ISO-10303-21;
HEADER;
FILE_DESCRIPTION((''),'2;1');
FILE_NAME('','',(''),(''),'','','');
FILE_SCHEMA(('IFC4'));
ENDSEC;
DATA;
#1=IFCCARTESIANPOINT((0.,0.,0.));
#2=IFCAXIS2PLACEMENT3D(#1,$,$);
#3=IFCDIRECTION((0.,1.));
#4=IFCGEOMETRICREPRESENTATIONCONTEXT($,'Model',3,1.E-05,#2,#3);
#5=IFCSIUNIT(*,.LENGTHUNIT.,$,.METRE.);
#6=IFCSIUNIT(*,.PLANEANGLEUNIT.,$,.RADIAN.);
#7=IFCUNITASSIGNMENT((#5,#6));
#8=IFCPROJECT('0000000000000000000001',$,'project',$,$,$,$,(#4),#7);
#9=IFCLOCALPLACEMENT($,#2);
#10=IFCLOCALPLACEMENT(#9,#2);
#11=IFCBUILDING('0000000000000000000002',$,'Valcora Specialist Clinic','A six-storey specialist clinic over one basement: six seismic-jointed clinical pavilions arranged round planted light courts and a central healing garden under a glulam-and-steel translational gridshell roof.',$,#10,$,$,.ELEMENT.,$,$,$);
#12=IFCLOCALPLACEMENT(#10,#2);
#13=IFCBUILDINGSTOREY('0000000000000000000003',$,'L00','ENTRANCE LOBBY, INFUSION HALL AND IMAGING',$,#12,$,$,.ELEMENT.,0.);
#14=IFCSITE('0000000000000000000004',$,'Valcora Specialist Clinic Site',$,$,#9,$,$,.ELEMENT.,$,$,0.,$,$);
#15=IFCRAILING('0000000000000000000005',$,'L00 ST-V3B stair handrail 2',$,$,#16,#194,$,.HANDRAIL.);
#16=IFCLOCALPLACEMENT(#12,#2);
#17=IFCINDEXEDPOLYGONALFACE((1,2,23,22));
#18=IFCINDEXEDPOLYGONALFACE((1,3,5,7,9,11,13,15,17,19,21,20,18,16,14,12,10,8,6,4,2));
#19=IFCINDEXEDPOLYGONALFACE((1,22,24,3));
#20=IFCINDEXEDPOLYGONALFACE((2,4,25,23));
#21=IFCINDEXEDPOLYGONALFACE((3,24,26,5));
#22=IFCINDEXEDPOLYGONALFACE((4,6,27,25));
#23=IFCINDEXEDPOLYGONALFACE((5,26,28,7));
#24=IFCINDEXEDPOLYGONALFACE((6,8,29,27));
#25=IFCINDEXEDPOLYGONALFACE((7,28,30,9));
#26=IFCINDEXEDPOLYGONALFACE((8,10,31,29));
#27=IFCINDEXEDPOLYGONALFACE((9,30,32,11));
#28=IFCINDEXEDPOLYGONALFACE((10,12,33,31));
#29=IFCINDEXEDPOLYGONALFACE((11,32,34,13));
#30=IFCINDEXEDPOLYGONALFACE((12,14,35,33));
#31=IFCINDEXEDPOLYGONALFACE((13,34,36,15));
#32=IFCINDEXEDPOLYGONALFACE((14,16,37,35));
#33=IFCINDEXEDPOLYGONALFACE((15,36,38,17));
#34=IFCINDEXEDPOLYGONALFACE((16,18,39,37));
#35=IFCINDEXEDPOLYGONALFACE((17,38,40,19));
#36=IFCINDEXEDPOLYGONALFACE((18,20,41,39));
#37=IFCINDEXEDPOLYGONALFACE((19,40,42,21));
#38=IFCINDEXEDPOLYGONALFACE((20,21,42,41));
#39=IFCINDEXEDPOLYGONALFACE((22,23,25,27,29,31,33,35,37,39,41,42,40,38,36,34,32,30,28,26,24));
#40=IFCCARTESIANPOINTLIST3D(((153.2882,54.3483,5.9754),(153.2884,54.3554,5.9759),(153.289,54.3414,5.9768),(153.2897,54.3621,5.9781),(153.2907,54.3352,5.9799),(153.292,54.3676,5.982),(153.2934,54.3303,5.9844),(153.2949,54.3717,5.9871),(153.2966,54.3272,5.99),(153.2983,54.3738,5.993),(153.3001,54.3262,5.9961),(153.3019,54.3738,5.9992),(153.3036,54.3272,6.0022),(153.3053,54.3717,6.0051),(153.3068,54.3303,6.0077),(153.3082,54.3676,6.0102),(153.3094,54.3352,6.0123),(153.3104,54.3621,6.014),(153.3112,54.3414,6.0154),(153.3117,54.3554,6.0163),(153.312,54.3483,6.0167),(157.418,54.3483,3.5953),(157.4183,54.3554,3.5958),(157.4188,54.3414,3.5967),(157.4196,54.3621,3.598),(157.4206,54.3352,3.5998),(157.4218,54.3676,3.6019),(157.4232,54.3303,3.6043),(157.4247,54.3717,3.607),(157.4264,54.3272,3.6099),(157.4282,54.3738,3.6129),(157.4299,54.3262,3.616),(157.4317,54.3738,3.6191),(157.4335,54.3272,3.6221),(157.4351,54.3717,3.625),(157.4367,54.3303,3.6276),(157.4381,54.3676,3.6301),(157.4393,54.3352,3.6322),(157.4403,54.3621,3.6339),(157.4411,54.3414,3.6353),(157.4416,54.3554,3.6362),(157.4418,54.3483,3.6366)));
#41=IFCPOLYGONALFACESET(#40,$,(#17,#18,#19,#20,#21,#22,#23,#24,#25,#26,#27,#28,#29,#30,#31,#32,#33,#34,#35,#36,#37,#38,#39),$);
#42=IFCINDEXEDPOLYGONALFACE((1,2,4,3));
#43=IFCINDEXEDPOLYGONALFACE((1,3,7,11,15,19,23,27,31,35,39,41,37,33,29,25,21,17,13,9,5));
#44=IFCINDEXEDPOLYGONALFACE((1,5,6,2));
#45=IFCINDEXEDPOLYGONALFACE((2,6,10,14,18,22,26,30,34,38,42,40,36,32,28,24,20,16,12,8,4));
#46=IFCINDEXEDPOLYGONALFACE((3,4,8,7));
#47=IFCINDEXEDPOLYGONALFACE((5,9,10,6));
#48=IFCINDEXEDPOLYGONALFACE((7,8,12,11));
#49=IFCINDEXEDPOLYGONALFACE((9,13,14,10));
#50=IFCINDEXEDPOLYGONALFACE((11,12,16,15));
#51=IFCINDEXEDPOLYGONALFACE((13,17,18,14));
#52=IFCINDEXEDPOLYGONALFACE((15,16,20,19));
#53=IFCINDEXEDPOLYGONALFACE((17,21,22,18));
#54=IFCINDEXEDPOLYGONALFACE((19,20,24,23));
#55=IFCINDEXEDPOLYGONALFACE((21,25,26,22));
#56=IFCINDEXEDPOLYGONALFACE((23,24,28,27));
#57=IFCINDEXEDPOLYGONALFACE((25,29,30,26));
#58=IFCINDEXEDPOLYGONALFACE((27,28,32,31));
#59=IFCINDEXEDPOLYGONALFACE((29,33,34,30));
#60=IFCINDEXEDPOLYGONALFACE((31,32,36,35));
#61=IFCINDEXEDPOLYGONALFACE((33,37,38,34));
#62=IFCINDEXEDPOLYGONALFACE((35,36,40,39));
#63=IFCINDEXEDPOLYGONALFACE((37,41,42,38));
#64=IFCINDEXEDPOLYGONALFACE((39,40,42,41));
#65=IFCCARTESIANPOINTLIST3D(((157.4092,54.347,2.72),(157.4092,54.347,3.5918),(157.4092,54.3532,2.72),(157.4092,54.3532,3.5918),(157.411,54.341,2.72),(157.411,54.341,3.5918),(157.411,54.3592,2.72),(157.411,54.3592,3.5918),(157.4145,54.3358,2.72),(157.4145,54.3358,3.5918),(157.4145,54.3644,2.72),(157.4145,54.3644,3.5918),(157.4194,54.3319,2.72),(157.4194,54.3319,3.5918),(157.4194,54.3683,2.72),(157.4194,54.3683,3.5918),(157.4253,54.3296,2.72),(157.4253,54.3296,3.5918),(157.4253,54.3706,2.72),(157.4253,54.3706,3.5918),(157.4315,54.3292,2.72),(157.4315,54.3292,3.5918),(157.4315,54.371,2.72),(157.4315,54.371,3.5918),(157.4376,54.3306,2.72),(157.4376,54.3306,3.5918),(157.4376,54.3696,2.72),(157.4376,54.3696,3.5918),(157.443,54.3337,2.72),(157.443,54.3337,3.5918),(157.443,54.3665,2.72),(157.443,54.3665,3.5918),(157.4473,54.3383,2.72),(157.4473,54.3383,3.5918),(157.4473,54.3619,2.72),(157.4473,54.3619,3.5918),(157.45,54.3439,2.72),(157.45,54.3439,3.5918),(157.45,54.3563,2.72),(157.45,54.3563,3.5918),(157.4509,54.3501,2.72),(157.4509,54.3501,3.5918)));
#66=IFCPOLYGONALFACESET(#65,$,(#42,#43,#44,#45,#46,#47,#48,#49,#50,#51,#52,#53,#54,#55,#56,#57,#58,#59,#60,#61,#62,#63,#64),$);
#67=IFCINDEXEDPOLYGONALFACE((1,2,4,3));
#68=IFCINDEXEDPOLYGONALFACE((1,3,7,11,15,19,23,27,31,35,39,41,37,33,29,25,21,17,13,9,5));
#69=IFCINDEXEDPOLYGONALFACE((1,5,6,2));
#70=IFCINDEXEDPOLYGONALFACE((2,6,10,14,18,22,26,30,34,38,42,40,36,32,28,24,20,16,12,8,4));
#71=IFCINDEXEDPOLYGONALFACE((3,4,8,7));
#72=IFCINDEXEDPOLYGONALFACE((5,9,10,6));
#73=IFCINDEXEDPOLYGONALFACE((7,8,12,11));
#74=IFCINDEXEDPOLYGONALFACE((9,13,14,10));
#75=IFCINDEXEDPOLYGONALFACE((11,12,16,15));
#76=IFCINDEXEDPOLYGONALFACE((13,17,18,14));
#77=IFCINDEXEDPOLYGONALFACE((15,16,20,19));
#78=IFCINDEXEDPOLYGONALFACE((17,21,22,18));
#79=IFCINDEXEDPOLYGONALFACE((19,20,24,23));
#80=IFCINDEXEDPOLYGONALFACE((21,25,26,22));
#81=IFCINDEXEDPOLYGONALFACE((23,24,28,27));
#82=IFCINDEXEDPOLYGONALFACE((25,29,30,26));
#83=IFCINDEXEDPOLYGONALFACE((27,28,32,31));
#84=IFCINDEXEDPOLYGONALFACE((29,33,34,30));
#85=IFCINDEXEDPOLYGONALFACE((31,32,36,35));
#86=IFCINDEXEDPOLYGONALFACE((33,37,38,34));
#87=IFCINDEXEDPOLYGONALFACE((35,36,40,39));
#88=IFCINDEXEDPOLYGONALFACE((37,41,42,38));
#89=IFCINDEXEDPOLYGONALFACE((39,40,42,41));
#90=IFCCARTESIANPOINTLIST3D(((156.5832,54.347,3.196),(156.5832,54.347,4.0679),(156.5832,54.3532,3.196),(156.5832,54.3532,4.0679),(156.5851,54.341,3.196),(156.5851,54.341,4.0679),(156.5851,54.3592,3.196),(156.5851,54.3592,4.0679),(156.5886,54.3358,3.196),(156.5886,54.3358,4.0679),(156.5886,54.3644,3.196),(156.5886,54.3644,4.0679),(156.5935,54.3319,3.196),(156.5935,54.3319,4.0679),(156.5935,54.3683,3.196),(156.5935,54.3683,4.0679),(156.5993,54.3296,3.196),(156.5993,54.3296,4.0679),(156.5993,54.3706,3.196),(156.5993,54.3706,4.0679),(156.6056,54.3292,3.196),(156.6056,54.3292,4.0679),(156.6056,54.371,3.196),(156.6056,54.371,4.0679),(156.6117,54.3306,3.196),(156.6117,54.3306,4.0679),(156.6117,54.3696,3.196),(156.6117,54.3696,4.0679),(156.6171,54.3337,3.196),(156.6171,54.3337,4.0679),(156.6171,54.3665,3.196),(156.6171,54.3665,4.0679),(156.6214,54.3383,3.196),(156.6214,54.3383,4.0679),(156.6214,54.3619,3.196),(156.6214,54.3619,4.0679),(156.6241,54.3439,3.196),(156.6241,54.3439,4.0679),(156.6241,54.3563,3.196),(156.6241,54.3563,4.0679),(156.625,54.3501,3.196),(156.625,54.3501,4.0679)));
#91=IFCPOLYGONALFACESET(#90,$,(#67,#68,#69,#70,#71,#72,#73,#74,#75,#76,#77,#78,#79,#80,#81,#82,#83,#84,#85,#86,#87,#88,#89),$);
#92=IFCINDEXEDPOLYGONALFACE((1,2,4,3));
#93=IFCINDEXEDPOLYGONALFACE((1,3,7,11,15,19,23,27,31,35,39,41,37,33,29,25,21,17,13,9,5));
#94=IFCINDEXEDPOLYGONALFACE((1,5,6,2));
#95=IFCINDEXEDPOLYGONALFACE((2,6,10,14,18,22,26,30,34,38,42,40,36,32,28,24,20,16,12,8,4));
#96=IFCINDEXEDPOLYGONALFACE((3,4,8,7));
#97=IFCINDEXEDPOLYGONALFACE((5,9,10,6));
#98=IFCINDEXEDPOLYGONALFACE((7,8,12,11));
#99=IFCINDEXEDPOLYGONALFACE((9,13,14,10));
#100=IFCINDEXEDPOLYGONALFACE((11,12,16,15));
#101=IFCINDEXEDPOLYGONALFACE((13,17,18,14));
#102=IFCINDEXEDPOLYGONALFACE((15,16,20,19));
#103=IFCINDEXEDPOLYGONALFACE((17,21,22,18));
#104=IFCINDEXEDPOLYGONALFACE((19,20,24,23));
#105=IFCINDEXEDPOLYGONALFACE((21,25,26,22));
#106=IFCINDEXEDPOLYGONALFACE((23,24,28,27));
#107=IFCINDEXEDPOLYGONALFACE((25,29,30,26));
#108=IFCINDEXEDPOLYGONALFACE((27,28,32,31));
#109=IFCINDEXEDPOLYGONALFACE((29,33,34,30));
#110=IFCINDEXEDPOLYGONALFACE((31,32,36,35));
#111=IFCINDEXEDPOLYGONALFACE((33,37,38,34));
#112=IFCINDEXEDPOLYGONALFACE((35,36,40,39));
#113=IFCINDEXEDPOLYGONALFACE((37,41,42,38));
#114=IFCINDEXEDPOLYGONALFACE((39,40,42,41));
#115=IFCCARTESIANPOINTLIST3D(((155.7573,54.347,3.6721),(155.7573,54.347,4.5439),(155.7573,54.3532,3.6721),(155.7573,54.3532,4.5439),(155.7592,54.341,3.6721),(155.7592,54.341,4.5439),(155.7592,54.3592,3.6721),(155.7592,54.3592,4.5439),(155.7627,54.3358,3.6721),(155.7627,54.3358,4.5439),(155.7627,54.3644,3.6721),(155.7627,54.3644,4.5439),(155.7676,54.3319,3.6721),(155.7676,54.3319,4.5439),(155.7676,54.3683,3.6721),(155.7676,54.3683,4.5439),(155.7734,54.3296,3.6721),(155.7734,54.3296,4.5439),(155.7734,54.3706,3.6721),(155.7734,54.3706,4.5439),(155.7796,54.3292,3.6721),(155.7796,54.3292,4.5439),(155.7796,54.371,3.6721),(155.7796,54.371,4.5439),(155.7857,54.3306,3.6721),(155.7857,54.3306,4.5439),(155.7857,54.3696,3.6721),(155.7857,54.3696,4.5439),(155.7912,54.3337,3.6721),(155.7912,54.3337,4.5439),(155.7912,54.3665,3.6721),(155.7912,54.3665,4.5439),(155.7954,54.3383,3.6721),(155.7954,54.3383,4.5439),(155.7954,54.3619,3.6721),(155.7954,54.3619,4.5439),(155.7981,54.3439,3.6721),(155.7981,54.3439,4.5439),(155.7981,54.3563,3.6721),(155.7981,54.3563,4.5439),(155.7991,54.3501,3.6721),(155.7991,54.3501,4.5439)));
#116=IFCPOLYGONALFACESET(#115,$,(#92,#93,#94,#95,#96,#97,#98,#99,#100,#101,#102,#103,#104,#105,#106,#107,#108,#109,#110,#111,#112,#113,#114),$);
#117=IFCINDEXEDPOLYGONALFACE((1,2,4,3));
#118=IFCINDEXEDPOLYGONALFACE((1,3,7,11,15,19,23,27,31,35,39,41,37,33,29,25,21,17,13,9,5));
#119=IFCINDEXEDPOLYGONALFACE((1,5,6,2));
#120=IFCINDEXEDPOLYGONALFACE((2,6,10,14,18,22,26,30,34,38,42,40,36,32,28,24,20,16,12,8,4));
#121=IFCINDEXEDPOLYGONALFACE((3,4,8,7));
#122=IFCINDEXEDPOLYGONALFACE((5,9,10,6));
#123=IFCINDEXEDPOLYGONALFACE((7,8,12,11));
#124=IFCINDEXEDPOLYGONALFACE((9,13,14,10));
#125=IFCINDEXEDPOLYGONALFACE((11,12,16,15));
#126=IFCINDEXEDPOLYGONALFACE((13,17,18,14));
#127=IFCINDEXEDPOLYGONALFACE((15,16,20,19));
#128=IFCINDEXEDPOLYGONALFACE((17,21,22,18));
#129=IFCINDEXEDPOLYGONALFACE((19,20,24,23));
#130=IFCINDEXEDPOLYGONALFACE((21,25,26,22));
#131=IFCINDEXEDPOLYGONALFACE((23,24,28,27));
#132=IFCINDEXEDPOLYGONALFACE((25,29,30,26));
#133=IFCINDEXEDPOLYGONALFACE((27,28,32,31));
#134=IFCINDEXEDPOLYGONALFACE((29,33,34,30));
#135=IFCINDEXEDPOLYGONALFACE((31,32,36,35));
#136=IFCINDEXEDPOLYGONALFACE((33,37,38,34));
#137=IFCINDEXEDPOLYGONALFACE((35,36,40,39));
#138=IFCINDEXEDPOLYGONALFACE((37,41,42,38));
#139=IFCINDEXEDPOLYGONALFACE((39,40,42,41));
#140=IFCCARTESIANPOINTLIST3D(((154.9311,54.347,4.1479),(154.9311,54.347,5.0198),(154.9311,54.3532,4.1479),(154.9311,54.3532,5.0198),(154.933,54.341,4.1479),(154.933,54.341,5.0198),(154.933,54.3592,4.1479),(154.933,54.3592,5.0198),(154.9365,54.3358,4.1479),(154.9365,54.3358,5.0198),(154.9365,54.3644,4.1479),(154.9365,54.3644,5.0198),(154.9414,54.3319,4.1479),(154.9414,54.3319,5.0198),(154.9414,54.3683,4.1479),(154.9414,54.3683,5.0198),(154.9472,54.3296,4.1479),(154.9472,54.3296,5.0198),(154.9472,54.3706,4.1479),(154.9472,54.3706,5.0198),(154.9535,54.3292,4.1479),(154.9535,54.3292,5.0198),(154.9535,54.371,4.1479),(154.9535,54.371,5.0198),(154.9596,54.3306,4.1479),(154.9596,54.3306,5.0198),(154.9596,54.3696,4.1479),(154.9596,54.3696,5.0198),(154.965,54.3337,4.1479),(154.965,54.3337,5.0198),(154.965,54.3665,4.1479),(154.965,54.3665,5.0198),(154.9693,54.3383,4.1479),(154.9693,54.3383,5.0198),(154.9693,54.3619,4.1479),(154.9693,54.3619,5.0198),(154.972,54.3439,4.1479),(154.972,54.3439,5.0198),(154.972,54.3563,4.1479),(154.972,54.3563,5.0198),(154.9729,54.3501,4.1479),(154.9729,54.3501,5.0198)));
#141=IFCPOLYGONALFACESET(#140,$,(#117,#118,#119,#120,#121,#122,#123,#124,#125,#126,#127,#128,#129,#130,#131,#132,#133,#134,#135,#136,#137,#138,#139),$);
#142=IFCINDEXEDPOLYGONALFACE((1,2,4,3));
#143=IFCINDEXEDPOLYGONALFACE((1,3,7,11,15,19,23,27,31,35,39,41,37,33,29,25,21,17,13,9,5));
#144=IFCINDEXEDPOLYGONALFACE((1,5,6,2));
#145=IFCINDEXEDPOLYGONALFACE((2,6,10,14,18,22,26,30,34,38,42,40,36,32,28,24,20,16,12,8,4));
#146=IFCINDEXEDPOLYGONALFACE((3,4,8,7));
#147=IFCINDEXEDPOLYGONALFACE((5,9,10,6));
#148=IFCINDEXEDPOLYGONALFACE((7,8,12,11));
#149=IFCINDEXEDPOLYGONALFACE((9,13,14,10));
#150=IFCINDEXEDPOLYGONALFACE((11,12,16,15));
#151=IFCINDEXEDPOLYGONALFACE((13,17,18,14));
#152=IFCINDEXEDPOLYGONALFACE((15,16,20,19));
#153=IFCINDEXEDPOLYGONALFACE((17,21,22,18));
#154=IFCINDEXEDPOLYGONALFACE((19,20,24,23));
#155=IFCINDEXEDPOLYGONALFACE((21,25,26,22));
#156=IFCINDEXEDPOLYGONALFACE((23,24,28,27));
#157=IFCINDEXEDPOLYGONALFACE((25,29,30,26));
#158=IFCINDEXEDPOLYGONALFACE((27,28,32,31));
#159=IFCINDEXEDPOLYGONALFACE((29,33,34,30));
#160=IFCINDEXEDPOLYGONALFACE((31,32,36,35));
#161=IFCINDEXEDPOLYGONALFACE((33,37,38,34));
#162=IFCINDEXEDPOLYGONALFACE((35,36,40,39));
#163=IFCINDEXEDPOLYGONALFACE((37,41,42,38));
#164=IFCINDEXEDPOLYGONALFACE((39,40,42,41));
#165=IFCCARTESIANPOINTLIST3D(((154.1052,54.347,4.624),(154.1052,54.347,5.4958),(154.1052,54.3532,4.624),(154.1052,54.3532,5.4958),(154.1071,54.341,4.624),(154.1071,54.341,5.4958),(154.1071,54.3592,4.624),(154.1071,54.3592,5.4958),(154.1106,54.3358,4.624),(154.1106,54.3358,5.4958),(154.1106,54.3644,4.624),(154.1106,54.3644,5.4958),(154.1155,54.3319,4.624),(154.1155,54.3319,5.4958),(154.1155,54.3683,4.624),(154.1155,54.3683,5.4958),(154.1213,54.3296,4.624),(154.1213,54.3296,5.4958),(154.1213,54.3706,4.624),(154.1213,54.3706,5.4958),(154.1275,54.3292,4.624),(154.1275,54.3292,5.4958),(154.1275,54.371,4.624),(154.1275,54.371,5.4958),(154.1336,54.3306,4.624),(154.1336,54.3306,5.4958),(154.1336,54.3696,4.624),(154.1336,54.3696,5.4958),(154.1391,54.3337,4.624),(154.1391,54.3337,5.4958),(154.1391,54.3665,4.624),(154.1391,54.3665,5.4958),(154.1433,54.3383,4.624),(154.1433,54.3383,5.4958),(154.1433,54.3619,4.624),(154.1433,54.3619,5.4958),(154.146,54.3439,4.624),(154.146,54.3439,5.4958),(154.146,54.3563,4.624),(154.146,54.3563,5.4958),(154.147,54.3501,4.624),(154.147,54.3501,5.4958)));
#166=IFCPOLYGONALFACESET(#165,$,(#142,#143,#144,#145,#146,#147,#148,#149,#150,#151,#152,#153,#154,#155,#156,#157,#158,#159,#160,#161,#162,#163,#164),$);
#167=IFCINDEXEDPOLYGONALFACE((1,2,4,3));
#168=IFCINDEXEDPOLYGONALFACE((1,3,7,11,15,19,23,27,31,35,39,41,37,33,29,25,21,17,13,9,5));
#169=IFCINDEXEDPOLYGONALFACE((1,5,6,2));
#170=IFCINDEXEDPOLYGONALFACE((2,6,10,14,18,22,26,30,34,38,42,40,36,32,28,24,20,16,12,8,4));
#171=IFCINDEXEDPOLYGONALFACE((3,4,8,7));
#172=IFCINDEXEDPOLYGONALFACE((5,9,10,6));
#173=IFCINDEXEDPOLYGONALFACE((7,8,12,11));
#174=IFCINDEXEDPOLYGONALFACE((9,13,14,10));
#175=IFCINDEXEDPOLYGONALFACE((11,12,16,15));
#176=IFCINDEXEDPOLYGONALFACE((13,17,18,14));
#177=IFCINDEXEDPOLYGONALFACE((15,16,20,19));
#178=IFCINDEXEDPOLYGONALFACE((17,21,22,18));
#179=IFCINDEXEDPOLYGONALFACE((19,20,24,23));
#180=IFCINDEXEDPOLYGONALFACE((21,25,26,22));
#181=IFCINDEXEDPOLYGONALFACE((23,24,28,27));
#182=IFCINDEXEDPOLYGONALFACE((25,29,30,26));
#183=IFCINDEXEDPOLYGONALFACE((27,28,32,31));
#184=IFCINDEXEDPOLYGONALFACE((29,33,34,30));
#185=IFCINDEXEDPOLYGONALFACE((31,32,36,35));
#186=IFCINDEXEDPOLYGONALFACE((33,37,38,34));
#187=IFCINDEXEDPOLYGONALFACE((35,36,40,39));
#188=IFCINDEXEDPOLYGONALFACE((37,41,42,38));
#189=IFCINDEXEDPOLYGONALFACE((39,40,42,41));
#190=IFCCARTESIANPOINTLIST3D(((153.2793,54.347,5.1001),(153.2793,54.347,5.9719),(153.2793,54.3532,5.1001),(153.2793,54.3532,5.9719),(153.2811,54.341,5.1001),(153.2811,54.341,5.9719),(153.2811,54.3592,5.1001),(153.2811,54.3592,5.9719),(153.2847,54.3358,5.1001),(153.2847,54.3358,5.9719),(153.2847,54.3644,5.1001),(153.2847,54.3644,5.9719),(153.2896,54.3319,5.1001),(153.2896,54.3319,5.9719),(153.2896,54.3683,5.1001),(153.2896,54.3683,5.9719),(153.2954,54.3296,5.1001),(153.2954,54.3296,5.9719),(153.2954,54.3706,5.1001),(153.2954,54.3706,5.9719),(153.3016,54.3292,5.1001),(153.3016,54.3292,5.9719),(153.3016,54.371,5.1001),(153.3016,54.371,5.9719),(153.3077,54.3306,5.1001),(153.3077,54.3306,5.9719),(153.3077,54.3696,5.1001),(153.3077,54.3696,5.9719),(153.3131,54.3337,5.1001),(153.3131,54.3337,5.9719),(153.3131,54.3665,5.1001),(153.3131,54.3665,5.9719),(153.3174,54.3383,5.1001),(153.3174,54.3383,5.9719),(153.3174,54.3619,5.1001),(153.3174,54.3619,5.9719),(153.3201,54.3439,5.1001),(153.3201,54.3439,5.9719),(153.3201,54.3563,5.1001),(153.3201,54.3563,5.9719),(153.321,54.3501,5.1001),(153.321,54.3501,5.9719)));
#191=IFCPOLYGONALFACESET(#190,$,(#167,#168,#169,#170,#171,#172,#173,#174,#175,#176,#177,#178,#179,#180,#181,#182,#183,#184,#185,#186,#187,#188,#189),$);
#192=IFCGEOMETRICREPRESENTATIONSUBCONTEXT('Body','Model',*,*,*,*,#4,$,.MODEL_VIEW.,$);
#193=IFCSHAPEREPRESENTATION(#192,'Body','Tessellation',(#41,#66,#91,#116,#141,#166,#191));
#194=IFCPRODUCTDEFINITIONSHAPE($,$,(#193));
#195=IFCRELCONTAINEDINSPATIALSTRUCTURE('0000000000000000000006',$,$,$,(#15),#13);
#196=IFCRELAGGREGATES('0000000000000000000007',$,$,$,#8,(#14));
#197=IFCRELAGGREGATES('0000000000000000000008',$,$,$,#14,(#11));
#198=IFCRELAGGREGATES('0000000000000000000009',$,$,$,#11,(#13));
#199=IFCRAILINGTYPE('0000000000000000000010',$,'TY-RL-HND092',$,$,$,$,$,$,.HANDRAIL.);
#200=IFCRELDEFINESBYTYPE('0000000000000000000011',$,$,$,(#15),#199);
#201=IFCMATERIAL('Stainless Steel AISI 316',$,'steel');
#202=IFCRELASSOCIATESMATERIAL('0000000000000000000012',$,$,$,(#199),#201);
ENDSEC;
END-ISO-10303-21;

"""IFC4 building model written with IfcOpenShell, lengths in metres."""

from ifc_helpers import new_model, si_unit, direction, frame, origin, origin_2d, place, context, subcontext, project, spatial, circle, extrude, material, type_object, element, save


model = new_model("IFC4")

# Units and contexts
model_context = context("Model", 3, precision=1e-05, world=origin(), true_north=direction((0.0, 1.0)))
body_context = subcontext(model_context, "Body", "Model", "MODEL_VIEW")
ifc_project = project(units=[si_unit("LENGTHUNIT", "METRE"), si_unit("PLANEANGLEUNIT", "RADIAN")], contexts=[model_context])

# Site, building, storey
site_placement = place(None, origin())
site = spatial("IfcSite", under=ifc_project, at=site_placement, Name="Valcora Specialist Clinic Site", CompositionType="ELEMENT", RefElevation=0.0)
building_placement = place(site_placement, origin())
building = spatial("IfcBuilding", under=site, at=building_placement, Name="Valcora Specialist Clinic", Description="A six-storey specialist clinic over one basement: six seismic-jointed clinical pavilions arranged round planted light courts and a central healing garden under a glulam-and-steel translational gridshell roof.", CompositionType="ELEMENT")
storey_placement = place(building_placement, origin())
storey = spatial("IfcBuildingStorey", under=building, at=storey_placement, Name="L00", Description="ENTRANCE LOBBY, INFUSION HALL AND IMAGING", CompositionType="ELEMENT", Elevation=0.0)

# Railing
ifc_material_1 = material(Name="Stainless Steel AISI 316", Category="steel")
railing_type_1 = type_object("IfcRailingType", Name="TY-RL-HND092", PredefinedType="HANDRAIL", material=ifc_material_1)
railing_1_placement = place(storey_placement, frame((157.4299, 54.3501, 2.72)))
element("IfcRailing", 1, at=railing_1_placement, inside=storey, type_object=railing_type_1, Name="L00 ST-V3B stair handrail 2", PredefinedType="HANDRAIL", context=body_context, shape_type="SweptSolid", body=[
    extrude(circle(Radius=0.0239, at=origin_2d()), frame((0.0, 0.0, 0.896), z_axis=(-0.866412, 0.0, 0.499329), x_axis=(0.0, -1.0, 0.0)), (0.0, 0.0, 1.0), 4.7666),
    extrude(circle(Radius=0.021, at=origin_2d()), origin(), (0.0, 0.0, 1.0), 0.8718),
    extrude(circle(Radius=0.021, at=origin_2d()), frame((-0.8259, 0.0, 0.4761)), (0.0, 0.0, 1.0), 0.8718),
    extrude(circle(Radius=0.021, at=origin_2d()), frame((-1.6519, 0.0, 0.9521)), (0.0, 0.0, 1.0), 0.8718),
    extrude(circle(Radius=0.021, at=origin_2d()), frame((-2.478, 0.0, 1.428)), (0.0, 0.0, 1.0), 0.8718),
    extrude(circle(Radius=0.021, at=origin_2d()), frame((-3.304, 0.0, 1.9041)), (0.0, 0.0, 1.0), 0.8718),
    extrude(circle(Radius=0.021, at=origin_2d()), frame((-4.1299, 0.0, 2.3801)), (0.0, 0.0, 1.0), 0.8718),
])

save(model, "model.ifc")
